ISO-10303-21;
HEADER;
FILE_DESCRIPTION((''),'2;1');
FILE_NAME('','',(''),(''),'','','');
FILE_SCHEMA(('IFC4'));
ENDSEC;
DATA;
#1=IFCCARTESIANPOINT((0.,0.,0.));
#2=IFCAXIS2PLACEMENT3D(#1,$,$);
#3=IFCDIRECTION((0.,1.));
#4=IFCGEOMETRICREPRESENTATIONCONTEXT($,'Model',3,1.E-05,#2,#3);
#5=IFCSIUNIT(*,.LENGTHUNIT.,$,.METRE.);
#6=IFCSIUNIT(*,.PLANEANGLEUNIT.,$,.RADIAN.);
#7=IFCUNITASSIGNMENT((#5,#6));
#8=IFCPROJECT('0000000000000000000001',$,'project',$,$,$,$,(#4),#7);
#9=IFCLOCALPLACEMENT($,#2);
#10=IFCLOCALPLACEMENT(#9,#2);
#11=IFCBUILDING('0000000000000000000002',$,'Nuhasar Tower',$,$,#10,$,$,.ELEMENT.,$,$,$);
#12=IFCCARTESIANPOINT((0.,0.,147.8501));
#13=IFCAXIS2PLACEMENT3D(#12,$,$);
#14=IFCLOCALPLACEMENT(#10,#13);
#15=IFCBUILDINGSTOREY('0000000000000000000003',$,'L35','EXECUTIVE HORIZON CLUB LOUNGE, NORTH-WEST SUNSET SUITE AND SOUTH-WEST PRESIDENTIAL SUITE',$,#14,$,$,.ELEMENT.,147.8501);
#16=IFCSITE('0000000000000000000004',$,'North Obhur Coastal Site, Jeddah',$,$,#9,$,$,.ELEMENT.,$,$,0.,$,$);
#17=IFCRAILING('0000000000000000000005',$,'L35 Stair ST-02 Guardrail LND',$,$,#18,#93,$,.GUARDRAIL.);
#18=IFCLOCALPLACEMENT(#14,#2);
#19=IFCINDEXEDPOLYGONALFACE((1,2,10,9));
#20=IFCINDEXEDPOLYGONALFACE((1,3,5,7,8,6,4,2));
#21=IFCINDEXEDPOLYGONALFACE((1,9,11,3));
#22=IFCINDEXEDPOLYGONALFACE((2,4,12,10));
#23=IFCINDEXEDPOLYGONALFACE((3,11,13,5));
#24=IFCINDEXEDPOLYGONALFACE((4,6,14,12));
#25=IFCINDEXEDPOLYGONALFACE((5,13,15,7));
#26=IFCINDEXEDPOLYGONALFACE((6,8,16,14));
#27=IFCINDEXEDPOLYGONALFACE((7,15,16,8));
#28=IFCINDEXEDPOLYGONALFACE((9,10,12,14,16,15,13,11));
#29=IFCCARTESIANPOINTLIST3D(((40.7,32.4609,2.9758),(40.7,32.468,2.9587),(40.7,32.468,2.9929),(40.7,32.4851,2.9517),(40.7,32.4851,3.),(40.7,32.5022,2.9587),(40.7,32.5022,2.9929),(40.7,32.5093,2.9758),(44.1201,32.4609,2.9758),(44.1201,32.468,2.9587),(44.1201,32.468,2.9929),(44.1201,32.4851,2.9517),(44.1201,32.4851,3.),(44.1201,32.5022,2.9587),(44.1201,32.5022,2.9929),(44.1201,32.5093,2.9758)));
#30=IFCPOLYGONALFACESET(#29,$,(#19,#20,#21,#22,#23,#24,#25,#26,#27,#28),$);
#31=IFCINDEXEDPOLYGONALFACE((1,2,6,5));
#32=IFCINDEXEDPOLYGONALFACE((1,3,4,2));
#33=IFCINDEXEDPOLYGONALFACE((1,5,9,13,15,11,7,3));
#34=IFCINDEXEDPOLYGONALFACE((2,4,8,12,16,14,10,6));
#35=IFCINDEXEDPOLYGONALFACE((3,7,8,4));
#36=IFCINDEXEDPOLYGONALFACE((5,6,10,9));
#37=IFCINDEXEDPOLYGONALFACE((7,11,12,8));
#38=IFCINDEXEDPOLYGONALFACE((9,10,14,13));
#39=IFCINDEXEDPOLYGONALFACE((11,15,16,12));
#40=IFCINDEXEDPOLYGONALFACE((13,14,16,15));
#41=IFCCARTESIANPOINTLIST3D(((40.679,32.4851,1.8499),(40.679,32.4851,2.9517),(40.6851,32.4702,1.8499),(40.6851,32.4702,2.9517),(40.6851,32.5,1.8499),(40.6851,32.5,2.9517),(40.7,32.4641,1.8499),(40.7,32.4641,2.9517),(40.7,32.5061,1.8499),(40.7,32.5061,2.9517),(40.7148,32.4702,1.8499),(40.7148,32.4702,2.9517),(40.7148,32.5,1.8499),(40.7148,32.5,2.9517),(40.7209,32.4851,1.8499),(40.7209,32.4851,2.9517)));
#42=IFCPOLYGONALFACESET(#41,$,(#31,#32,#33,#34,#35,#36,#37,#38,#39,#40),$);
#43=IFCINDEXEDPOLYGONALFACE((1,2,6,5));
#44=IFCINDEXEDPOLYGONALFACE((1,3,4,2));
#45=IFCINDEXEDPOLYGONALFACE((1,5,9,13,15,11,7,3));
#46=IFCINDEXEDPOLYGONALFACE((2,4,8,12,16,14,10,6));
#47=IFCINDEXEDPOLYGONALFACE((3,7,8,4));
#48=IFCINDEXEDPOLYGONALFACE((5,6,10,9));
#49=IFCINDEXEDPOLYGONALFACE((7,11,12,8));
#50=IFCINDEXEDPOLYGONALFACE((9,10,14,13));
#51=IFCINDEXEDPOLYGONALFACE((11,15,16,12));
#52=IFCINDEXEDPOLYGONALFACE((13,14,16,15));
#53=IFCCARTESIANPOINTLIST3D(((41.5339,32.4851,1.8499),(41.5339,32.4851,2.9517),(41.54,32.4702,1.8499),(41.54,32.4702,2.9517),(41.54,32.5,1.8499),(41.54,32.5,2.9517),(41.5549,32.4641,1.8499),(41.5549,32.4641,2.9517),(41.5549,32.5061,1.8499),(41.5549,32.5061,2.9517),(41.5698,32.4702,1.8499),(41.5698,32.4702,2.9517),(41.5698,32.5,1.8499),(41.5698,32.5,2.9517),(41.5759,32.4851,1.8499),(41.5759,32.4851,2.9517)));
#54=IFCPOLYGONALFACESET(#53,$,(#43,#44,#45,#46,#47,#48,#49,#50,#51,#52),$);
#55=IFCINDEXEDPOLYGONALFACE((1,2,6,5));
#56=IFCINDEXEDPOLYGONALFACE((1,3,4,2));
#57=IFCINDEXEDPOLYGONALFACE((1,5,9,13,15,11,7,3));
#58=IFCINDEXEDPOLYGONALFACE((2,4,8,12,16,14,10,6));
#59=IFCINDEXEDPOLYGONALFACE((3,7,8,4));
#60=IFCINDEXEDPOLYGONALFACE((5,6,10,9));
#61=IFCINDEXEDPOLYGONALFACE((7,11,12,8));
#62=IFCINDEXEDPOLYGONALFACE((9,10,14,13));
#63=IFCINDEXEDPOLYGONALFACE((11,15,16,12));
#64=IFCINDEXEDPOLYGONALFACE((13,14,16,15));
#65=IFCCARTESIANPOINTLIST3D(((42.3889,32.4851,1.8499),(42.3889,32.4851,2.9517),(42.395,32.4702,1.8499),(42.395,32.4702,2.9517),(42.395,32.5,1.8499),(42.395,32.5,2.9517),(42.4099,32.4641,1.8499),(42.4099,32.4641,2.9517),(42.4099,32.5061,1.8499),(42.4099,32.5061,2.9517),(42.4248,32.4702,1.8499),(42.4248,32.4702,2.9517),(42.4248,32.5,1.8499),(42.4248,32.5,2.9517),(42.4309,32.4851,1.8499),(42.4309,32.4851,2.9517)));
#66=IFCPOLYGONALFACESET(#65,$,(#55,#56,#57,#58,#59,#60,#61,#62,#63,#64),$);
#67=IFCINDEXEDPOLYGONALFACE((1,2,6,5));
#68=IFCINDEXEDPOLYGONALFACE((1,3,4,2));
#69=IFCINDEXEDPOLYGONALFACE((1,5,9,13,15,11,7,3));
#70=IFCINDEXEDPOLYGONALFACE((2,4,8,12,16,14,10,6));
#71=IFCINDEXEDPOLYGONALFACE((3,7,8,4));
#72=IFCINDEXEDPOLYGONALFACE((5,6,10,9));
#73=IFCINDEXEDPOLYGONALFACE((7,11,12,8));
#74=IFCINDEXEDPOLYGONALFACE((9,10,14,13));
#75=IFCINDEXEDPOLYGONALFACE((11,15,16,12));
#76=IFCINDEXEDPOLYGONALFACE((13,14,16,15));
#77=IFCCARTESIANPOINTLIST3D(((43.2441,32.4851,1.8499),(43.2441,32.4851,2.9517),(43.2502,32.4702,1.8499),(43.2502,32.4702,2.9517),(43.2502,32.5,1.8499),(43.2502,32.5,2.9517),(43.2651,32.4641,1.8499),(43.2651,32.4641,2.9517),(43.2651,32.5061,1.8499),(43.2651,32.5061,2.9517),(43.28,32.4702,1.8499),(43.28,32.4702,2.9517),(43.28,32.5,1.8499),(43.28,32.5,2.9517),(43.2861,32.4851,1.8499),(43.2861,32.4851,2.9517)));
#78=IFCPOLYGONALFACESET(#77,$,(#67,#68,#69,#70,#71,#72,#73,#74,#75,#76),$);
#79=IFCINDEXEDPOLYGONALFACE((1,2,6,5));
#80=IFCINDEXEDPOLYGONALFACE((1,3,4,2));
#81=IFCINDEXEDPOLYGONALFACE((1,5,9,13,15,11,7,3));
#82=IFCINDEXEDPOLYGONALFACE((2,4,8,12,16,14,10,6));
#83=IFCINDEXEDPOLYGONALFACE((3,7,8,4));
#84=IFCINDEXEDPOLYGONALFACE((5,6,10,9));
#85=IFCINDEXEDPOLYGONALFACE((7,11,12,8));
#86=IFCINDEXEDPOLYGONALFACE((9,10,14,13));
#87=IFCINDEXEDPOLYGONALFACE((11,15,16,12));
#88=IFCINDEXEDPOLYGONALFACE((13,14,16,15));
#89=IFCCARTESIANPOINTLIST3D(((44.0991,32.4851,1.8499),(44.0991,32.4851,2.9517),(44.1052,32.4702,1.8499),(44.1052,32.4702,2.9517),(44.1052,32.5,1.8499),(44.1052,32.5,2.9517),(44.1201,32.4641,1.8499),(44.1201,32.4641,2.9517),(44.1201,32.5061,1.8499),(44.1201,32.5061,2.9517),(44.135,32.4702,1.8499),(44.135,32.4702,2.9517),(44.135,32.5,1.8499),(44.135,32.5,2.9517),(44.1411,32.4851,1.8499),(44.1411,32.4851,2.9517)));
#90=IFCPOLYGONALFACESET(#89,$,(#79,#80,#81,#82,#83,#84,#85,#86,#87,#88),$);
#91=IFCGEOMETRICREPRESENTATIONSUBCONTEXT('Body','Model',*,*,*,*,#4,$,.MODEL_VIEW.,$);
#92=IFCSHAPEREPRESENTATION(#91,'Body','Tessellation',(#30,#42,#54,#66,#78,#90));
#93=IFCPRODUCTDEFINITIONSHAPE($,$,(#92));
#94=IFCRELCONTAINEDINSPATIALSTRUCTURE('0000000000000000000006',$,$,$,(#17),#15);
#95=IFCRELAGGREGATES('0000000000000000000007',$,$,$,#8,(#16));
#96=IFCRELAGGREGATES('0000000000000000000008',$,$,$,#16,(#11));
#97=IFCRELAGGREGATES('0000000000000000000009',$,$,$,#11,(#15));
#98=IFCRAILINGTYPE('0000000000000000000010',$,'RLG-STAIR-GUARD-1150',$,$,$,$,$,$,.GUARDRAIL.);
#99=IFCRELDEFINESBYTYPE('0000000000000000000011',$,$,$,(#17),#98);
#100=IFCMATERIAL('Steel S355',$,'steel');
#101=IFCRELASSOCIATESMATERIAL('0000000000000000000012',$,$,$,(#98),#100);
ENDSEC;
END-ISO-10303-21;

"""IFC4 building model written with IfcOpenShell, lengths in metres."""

from ifc_helpers import new_model, si_unit, direction, frame, origin, place, context, subcontext, project, spatial, polyline, outline, extrude, material, type_object, element, save


model = new_model("IFC4")

# Units and contexts
model_context = context("Model", 3, precision=1e-05, world=origin(), true_north=direction((0.0, 1.0)))
body_context = subcontext(model_context, "Body", "Model", "MODEL_VIEW")
ifc_project = project(units=[si_unit("LENGTHUNIT", "METRE"), si_unit("PLANEANGLEUNIT", "RADIAN")], contexts=[model_context])

# Site, building, storey
site_placement = place(None, origin())
site = spatial("IfcSite", under=ifc_project, at=site_placement, Name="North Obhur Coastal Site, Jeddah", CompositionType="ELEMENT", RefElevation=0.0)
building_placement = place(site_placement, origin())
building = spatial("IfcBuilding", under=site, at=building_placement, Name="Nuhasar Tower", CompositionType="ELEMENT")
storey_placement = place(building_placement, frame((0.0, 0.0, 147.8501)))
storey = spatial("IfcBuildingStorey", under=building, at=storey_placement, Name="L35", Description="EXECUTIVE HORIZON CLUB LOUNGE, NORTH-WEST SUNSET SUITE AND SOUTH-WEST PRESIDENTIAL SUITE", CompositionType="ELEMENT", Elevation=147.8501)

# Shared definitions
ifc_material_1 = material(Name="Steel S355", Category="steel")

# Railing
railing_type_1 = type_object("IfcRailingType", Name="RLG-STAIR-GUARD-1150", PredefinedType="GUARDRAIL", material=ifc_material_1)
railing_1_placement = place(storey_placement, frame((40.7, 32.4851, 1.8499)))
element("IfcRailing", 1, at=railing_1_placement, inside=storey, type_object=railing_type_1, Name="L35 Stair ST-02 Guardrail LND", PredefinedType="GUARDRAIL", context=body_context, shape_type="SweptSolid", body=[
    extrude(outline(polyline([(0.0242, 0.0), (0.0171, 0.0171), (0.0, 0.0242), (-0.0171, 0.0171), (-0.0242, 0.0), (-0.0171, -0.0171), (0.0, -0.0242), (0.0171, -0.0171), (0.0242, 0.0)])), frame((0.0, 0.0, 1.126), z_axis=(1.0, 0.0, 0.0), x_axis=(0.0, 1.0, 0.0)), (0.0, 0.0, 1.0), 3.4202),
    extrude(outline(polyline([(0.021, 0.0), (0.0149, 0.0149), (0.0, 0.021), (-0.0149, 0.0149), (-0.021, 0.0), (-0.0149, -0.0149), (0.0, -0.021), (0.0149, -0.0149), (0.021, 0.0)])), origin(), (0.0, 0.0, 1.0), 1.1018),
    extrude(outline(polyline([(0.021, 0.0), (0.0149, 0.0149), (0.0, 0.021), (-0.0149, 0.0149), (-0.021, 0.0), (-0.0149, -0.0149), (0.0, -0.021), (0.0149, -0.0149), (0.021, 0.0)])), frame((0.855, 0.0, 0.0)), (0.0, 0.0, 1.0), 1.1018),
    extrude(outline(polyline([(0.021, 0.0), (0.0149, 0.0149), (0.0, 0.021), (-0.0149, 0.0149), (-0.021, 0.0), (-0.0149, -0.0149), (0.0, -0.021), (0.0149, -0.0149), (0.021, 0.0)])), frame((1.71, 0.0, 0.0)), (0.0, 0.0, 1.0), 1.1018),
    extrude(outline(polyline([(0.021, 0.0), (0.0149, 0.0149), (0.0, 0.021), (-0.0149, 0.0149), (-0.021, 0.0), (-0.0149, -0.0149), (0.0, -0.021), (0.0149, -0.0149), (0.021, 0.0)])), frame((2.5652, 0.0, 0.0)), (0.0, 0.0, 1.0), 1.1018),
    extrude(outline(polyline([(0.021, 0.0), (0.0149, 0.0149), (0.0, 0.021), (-0.0149, 0.0149), (-0.021, 0.0), (-0.0149, -0.0149), (0.0, -0.021), (0.0149, -0.0149), (0.021, 0.0)])), frame((3.4202, 0.0, 0.0)), (0.0, 0.0, 1.0), 1.1018),
])

save(model, "model.ifc")
